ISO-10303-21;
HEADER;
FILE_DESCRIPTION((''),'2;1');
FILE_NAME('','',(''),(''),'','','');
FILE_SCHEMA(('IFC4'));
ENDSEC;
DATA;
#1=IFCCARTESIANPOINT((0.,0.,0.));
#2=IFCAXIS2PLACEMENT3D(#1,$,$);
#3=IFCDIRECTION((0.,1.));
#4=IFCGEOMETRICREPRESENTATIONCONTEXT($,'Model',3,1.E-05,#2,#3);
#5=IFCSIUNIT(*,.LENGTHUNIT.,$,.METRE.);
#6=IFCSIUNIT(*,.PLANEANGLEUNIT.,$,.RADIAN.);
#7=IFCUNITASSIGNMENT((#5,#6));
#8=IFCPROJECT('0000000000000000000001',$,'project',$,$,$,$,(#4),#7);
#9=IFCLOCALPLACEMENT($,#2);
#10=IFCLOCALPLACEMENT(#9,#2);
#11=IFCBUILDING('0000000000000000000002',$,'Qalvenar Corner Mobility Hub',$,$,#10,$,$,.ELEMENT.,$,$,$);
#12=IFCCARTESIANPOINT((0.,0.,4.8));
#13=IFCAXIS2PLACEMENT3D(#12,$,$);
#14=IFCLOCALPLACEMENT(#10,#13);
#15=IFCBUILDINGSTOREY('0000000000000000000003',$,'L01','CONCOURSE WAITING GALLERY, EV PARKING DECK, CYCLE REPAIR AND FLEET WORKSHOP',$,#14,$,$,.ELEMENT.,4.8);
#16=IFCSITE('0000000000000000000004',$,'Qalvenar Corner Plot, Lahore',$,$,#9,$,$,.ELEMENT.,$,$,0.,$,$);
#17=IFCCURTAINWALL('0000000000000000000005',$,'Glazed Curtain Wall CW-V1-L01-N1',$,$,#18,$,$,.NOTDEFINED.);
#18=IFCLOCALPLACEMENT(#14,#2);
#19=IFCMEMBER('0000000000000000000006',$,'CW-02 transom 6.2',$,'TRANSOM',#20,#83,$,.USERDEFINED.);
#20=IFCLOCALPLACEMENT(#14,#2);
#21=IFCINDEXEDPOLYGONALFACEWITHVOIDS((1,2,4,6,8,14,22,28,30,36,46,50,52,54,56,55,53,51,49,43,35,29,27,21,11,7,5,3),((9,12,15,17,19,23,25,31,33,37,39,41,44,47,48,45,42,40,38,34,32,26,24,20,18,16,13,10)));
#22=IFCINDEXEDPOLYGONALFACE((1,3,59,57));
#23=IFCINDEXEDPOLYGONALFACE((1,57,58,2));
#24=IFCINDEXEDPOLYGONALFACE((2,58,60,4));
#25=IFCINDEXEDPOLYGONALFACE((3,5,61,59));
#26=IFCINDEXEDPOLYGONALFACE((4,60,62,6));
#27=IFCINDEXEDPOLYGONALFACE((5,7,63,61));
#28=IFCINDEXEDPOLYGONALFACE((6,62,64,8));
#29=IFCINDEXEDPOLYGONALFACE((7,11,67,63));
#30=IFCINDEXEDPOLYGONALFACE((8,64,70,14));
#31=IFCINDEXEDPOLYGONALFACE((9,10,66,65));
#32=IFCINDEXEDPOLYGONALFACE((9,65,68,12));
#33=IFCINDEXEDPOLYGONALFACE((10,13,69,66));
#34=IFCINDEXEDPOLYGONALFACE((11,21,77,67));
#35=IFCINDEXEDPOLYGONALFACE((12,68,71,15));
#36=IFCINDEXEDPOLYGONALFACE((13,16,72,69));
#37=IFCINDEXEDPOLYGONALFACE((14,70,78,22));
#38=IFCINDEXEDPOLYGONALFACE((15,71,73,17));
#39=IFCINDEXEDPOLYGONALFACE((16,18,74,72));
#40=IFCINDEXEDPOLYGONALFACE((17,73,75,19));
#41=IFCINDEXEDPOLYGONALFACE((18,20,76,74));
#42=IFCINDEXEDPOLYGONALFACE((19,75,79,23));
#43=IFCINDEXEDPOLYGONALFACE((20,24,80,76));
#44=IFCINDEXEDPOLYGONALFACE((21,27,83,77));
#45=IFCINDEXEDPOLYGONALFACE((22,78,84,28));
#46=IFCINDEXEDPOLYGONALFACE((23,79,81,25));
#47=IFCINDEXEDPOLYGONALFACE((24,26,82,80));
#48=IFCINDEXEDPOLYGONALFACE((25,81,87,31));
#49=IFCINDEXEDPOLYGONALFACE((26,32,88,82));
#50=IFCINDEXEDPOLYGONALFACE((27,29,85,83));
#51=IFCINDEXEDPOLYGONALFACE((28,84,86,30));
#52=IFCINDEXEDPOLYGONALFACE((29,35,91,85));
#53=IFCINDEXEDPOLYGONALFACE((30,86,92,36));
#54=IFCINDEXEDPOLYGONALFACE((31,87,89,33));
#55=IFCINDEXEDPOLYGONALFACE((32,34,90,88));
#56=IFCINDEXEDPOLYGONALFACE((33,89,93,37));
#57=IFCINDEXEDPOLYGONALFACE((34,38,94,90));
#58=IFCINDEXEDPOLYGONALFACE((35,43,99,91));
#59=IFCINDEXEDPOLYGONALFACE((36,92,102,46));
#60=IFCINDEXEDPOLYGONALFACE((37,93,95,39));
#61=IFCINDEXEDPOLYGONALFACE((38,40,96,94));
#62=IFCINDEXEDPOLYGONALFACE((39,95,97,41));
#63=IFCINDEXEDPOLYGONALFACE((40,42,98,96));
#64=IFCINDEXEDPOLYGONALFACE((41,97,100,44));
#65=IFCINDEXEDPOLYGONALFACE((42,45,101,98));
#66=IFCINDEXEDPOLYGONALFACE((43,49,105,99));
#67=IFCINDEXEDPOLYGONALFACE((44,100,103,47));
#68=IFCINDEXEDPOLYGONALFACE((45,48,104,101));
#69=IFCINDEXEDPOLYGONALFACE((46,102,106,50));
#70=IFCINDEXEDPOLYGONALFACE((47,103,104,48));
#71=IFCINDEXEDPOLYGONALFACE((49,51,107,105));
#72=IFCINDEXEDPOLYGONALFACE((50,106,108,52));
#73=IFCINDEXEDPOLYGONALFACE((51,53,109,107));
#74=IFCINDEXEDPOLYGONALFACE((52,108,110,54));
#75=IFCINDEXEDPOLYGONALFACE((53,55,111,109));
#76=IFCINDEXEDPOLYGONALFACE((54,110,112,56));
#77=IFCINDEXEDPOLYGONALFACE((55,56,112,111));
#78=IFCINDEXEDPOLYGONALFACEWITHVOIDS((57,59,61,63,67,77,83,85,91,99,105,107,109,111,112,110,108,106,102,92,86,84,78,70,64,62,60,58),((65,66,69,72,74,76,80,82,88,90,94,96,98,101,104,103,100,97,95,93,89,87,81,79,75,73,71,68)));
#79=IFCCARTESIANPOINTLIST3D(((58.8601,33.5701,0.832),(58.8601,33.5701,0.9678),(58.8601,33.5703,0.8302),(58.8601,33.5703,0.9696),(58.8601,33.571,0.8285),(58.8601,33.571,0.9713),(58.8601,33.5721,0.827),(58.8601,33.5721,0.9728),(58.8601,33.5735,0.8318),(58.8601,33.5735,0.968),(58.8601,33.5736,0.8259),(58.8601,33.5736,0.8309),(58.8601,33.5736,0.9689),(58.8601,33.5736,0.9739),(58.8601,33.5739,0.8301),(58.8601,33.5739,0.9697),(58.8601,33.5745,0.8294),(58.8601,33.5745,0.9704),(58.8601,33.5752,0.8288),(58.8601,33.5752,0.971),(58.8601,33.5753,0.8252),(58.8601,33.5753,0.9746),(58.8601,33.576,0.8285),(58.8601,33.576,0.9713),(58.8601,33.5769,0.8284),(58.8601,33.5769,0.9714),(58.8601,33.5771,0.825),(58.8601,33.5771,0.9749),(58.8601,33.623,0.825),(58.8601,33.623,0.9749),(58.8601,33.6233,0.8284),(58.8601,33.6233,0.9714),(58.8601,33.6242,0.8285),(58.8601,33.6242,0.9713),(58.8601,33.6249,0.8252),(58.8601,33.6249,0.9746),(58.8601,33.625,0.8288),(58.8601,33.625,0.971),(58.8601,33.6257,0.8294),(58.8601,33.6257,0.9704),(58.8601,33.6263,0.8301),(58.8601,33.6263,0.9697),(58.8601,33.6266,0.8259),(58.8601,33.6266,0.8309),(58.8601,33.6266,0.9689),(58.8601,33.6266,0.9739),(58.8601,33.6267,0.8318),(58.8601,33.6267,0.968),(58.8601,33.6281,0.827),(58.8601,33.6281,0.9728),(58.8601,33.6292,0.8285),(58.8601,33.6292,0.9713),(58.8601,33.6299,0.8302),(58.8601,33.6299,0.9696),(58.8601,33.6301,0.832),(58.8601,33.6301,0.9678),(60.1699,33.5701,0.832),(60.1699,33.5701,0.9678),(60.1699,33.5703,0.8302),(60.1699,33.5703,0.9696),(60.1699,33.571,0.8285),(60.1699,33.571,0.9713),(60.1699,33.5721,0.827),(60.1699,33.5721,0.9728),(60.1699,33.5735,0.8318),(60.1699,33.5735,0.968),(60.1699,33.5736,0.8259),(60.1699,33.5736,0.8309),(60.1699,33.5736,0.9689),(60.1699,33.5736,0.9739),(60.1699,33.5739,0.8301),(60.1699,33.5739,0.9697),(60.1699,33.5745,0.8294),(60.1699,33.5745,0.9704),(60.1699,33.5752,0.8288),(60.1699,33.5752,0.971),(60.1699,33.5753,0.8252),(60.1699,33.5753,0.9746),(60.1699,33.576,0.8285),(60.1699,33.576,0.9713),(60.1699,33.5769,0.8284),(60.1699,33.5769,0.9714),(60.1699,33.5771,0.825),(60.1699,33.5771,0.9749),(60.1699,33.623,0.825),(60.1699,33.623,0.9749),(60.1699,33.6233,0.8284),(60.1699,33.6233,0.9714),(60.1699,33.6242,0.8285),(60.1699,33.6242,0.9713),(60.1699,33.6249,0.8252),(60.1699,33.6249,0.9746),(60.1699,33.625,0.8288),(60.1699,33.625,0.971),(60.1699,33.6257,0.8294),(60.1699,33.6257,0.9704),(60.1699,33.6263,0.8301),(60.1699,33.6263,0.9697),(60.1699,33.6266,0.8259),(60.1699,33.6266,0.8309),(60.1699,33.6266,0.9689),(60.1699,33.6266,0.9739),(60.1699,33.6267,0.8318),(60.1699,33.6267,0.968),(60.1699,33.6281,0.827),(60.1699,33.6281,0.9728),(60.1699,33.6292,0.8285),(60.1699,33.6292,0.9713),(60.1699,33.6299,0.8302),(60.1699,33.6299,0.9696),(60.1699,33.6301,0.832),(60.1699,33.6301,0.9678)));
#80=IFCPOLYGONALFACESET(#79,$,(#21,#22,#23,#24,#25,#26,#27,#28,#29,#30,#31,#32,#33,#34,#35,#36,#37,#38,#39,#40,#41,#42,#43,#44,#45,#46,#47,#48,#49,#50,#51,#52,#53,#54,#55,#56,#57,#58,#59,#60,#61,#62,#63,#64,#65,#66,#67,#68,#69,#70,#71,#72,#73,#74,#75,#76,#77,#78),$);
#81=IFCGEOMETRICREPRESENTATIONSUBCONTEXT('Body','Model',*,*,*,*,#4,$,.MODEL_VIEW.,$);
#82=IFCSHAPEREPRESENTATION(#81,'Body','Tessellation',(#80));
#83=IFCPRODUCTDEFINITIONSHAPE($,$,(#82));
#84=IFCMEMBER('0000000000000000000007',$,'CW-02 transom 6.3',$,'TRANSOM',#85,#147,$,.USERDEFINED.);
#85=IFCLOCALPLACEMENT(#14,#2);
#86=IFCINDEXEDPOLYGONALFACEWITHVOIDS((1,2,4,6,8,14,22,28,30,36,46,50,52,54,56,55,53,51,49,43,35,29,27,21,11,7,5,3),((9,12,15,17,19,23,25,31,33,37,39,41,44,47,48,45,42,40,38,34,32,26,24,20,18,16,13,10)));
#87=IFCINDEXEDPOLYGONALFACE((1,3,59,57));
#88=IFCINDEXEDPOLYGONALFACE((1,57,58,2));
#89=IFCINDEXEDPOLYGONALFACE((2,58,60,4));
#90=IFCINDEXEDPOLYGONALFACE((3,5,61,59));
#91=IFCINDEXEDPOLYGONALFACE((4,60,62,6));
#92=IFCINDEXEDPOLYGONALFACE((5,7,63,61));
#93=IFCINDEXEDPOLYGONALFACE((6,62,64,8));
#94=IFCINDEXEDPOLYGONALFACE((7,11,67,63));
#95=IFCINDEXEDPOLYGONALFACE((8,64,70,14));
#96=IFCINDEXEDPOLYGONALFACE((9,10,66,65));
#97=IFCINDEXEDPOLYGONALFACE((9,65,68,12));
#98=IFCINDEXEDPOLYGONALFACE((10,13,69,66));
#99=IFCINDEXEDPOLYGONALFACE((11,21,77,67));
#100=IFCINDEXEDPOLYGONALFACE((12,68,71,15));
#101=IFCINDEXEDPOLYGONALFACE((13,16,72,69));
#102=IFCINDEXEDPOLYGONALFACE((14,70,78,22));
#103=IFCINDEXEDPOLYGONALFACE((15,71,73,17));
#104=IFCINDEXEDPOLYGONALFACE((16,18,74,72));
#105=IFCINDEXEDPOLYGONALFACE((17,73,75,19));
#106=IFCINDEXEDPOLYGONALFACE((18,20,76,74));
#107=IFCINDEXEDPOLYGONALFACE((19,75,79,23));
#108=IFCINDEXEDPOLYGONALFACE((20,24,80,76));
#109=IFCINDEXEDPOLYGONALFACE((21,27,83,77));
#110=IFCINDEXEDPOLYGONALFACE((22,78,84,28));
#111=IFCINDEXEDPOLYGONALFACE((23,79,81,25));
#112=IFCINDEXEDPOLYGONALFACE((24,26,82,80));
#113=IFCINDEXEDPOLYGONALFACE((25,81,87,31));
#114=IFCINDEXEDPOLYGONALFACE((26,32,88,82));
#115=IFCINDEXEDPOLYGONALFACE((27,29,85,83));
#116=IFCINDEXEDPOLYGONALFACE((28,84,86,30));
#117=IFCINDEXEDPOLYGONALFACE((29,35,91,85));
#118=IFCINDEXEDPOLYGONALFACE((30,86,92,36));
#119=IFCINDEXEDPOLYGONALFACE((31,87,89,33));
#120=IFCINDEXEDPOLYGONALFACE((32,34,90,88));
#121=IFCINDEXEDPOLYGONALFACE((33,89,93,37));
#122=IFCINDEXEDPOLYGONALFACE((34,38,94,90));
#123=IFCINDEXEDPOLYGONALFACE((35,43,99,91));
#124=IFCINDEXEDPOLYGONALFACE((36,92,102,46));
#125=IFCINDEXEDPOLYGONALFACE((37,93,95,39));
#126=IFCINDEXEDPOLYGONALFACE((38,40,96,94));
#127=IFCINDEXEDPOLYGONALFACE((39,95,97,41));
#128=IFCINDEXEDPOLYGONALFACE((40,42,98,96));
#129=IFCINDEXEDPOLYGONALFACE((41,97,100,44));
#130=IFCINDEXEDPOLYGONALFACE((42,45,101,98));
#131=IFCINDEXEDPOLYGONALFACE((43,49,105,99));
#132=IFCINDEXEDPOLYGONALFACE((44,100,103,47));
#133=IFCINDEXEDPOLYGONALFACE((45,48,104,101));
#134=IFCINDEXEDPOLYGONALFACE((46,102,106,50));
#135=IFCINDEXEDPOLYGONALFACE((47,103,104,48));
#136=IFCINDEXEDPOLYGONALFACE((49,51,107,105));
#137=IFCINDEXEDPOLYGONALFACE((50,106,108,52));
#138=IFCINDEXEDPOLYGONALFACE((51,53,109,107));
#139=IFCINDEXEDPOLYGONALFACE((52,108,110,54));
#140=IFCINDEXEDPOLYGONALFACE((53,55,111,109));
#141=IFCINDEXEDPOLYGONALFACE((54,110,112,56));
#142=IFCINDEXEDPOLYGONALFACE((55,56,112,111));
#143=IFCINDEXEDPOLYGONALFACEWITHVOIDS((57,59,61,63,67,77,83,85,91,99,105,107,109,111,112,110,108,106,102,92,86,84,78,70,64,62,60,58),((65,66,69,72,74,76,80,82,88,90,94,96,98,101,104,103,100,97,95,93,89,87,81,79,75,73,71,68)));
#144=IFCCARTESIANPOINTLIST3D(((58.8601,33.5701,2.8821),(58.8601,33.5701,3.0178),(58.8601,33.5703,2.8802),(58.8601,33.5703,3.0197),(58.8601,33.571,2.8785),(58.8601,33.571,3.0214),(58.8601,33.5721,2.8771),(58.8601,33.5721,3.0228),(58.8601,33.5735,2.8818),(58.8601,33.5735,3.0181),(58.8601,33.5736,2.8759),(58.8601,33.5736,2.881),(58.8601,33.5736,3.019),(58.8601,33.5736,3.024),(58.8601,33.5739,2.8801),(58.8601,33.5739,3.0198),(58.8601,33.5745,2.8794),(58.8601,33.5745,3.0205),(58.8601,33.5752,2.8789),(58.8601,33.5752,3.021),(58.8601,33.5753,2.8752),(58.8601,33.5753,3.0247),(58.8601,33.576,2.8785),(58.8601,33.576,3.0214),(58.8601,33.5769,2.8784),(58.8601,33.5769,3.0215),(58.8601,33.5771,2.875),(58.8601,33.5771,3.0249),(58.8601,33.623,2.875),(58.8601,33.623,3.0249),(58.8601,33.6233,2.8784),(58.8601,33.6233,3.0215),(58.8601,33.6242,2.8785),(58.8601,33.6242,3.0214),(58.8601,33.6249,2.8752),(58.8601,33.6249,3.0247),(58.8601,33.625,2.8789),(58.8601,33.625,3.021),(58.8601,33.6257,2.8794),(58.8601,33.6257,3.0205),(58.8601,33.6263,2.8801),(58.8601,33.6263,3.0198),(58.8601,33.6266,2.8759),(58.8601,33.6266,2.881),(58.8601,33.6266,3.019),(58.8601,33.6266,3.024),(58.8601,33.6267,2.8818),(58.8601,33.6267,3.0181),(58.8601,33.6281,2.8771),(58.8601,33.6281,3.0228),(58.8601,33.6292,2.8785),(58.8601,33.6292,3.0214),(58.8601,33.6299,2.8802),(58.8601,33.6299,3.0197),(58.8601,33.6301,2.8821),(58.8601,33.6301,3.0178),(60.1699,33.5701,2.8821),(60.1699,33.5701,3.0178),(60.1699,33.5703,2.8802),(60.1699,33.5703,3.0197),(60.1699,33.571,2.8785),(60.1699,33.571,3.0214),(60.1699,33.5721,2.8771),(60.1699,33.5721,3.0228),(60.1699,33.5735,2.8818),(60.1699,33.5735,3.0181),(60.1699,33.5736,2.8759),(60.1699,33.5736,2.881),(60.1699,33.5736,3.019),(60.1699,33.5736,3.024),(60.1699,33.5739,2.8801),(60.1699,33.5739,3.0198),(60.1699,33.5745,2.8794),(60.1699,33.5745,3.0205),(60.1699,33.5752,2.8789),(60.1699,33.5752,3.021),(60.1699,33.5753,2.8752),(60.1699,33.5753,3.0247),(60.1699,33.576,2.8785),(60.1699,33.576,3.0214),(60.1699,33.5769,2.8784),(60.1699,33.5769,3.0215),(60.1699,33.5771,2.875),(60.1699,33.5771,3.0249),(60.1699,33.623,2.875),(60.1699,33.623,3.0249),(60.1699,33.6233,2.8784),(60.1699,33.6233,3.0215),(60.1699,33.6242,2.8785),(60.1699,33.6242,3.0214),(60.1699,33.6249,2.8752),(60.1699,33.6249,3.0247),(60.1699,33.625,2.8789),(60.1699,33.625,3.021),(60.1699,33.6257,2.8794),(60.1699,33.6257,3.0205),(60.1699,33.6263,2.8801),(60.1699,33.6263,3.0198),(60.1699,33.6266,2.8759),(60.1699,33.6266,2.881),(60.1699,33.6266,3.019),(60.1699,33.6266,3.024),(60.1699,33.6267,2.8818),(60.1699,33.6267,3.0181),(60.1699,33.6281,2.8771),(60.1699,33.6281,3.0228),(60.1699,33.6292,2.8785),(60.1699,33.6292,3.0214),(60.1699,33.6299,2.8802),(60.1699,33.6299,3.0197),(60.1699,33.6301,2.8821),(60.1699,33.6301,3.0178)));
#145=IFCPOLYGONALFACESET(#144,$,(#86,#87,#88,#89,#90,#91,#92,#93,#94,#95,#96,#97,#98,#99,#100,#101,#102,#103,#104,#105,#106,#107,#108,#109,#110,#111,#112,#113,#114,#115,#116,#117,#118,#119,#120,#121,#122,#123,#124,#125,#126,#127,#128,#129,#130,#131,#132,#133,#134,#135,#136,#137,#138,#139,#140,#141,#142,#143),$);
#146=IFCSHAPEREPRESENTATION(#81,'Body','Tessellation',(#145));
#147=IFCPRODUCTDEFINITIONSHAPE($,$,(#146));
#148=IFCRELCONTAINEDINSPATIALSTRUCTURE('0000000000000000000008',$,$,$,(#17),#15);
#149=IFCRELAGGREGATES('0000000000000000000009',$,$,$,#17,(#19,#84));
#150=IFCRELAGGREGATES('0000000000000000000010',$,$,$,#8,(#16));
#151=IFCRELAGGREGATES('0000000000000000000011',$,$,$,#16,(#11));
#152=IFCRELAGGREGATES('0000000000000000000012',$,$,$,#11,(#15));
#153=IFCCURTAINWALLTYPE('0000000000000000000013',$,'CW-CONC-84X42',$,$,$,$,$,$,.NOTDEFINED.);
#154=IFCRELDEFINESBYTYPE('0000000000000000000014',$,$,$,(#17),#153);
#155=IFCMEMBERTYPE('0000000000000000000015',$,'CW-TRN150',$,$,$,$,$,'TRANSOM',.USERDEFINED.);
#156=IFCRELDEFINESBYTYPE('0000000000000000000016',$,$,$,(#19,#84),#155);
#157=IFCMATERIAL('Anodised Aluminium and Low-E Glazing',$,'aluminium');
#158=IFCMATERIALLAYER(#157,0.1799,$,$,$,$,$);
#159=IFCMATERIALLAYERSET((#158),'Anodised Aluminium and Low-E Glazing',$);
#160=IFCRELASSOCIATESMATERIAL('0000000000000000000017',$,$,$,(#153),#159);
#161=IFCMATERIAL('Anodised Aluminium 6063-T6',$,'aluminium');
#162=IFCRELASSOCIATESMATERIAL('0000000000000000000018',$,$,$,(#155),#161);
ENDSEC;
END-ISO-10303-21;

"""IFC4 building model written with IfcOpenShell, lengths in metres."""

from ifc_helpers import new_model, si_unit, direction, frame, origin, origin_2d, place, context, subcontext, project, spatial, hollow_rectangle, extrude, material, layer, layer_set, material_profile, profile_set, type_object, element, aggregate, save


model = new_model("IFC4")

# Units and contexts
model_context = context("Model", 3, precision=1e-05, world=origin(), true_north=direction((0.0, 1.0)))
body_context = subcontext(model_context, "Body", "Model", "MODEL_VIEW")
ifc_project = project(units=[si_unit("LENGTHUNIT", "METRE"), si_unit("PLANEANGLEUNIT", "RADIAN")], contexts=[model_context])

# Site, building, storey
site_placement = place(None, origin())
site = spatial("IfcSite", under=ifc_project, at=site_placement, Name="Qalvenar Corner Plot, Lahore", CompositionType="ELEMENT", RefElevation=0.0)
building_placement = place(site_placement, origin())
building = spatial("IfcBuilding", under=site, at=building_placement, Name="Qalvenar Corner Mobility Hub", CompositionType="ELEMENT")
storey_placement = place(building_placement, frame((0.0, 0.0, 4.8)))
storey = spatial("IfcBuildingStorey", under=building, at=storey_placement, Name="L01", Description="CONCOURSE WAITING GALLERY, EV PARKING DECK, CYCLE REPAIR AND FLEET WORKSHOP", CompositionType="ELEMENT", Elevation=4.8)

# Curtain wall, members
ifc_material_1 = material(Name="Anodised Aluminium and Low-E Glazing", Category="aluminium")
ifc_layer_1 = layer(ifc_material_1, 0.1799)
ifc_layer_set_1 = layer_set([ifc_layer_1], Name="Anodised Aluminium and Low-E Glazing")
curtain_wall_type = type_object("IfcCurtainWallType", Name="CW-CONC-84X42", PredefinedType="NOTDEFINED", material=ifc_layer_set_1)
curtain_wall_placement = place(storey_placement, origin())
curtain_wall = element("IfcCurtainWall", 1, at=curtain_wall_placement, inside=storey, type_object=curtain_wall_type, Name="Glazed Curtain Wall CW-V1-L01-N1", PredefinedType="NOTDEFINED")
ifc_material_2 = material(Name="Anodised Aluminium 6063-T6", Category="aluminium")
ifc_material_profile_1 = material_profile(ifc_material_2, hollow_rectangle(XDim=0.0601, YDim=0.1499, WallThickness=0.0034, InnerFilletRadius=0.0034, OuterFilletRadius=0.0071, at=origin_2d()), Name="RHS150x60x3.5")
ifc_profile_set_1 = profile_set([ifc_material_profile_1], Name="Anodised Aluminium 6063-T6")
member_type_1 = type_object("IfcMemberType", Name="CW-TRN150", ElementType="TRANSOM", PredefinedType="USERDEFINED", material=ifc_profile_set_1)
member_1_placement = place(storey_placement, frame((60.1699, 33.6001, 0.8999), z_axis=(-1.0, 0.0, 0.0), x_axis=(0.0, -1.0, 0.0)))
member_1 = element("IfcMember", 2, at=member_1_placement, type_object=member_type_1, Name="CW-02 transom 6.2", ObjectType="TRANSOM", PredefinedType="USERDEFINED", context=body_context, shape_type="SweptSolid", body=[
    extrude(hollow_rectangle(XDim=0.0601, YDim=0.1499, WallThickness=0.0034, InnerFilletRadius=0.0034, OuterFilletRadius=0.0071, at=origin_2d()), origin(), (0.0, 0.0, 1.0), 1.3098),
])
member_2_placement = place(storey_placement, frame((60.1699, 33.6001, 2.95), z_axis=(-1.0, 0.0, 0.0), x_axis=(0.0, -1.0, 0.0)))
member_2 = element("IfcMember", 3, at=member_2_placement, type_object=member_type_1, Name="CW-02 transom 6.3", ObjectType="TRANSOM", PredefinedType="USERDEFINED", context=body_context, shape_type="SweptSolid", body=[
    extrude(hollow_rectangle(XDim=0.0601, YDim=0.1499, WallThickness=0.0034, InnerFilletRadius=0.0034, OuterFilletRadius=0.0071, at=origin_2d()), origin(), (0.0, 0.0, 1.0), 1.3098),
])
aggregate(curtain_wall, [member_1, member_2])

save(model, "model.ifc")
